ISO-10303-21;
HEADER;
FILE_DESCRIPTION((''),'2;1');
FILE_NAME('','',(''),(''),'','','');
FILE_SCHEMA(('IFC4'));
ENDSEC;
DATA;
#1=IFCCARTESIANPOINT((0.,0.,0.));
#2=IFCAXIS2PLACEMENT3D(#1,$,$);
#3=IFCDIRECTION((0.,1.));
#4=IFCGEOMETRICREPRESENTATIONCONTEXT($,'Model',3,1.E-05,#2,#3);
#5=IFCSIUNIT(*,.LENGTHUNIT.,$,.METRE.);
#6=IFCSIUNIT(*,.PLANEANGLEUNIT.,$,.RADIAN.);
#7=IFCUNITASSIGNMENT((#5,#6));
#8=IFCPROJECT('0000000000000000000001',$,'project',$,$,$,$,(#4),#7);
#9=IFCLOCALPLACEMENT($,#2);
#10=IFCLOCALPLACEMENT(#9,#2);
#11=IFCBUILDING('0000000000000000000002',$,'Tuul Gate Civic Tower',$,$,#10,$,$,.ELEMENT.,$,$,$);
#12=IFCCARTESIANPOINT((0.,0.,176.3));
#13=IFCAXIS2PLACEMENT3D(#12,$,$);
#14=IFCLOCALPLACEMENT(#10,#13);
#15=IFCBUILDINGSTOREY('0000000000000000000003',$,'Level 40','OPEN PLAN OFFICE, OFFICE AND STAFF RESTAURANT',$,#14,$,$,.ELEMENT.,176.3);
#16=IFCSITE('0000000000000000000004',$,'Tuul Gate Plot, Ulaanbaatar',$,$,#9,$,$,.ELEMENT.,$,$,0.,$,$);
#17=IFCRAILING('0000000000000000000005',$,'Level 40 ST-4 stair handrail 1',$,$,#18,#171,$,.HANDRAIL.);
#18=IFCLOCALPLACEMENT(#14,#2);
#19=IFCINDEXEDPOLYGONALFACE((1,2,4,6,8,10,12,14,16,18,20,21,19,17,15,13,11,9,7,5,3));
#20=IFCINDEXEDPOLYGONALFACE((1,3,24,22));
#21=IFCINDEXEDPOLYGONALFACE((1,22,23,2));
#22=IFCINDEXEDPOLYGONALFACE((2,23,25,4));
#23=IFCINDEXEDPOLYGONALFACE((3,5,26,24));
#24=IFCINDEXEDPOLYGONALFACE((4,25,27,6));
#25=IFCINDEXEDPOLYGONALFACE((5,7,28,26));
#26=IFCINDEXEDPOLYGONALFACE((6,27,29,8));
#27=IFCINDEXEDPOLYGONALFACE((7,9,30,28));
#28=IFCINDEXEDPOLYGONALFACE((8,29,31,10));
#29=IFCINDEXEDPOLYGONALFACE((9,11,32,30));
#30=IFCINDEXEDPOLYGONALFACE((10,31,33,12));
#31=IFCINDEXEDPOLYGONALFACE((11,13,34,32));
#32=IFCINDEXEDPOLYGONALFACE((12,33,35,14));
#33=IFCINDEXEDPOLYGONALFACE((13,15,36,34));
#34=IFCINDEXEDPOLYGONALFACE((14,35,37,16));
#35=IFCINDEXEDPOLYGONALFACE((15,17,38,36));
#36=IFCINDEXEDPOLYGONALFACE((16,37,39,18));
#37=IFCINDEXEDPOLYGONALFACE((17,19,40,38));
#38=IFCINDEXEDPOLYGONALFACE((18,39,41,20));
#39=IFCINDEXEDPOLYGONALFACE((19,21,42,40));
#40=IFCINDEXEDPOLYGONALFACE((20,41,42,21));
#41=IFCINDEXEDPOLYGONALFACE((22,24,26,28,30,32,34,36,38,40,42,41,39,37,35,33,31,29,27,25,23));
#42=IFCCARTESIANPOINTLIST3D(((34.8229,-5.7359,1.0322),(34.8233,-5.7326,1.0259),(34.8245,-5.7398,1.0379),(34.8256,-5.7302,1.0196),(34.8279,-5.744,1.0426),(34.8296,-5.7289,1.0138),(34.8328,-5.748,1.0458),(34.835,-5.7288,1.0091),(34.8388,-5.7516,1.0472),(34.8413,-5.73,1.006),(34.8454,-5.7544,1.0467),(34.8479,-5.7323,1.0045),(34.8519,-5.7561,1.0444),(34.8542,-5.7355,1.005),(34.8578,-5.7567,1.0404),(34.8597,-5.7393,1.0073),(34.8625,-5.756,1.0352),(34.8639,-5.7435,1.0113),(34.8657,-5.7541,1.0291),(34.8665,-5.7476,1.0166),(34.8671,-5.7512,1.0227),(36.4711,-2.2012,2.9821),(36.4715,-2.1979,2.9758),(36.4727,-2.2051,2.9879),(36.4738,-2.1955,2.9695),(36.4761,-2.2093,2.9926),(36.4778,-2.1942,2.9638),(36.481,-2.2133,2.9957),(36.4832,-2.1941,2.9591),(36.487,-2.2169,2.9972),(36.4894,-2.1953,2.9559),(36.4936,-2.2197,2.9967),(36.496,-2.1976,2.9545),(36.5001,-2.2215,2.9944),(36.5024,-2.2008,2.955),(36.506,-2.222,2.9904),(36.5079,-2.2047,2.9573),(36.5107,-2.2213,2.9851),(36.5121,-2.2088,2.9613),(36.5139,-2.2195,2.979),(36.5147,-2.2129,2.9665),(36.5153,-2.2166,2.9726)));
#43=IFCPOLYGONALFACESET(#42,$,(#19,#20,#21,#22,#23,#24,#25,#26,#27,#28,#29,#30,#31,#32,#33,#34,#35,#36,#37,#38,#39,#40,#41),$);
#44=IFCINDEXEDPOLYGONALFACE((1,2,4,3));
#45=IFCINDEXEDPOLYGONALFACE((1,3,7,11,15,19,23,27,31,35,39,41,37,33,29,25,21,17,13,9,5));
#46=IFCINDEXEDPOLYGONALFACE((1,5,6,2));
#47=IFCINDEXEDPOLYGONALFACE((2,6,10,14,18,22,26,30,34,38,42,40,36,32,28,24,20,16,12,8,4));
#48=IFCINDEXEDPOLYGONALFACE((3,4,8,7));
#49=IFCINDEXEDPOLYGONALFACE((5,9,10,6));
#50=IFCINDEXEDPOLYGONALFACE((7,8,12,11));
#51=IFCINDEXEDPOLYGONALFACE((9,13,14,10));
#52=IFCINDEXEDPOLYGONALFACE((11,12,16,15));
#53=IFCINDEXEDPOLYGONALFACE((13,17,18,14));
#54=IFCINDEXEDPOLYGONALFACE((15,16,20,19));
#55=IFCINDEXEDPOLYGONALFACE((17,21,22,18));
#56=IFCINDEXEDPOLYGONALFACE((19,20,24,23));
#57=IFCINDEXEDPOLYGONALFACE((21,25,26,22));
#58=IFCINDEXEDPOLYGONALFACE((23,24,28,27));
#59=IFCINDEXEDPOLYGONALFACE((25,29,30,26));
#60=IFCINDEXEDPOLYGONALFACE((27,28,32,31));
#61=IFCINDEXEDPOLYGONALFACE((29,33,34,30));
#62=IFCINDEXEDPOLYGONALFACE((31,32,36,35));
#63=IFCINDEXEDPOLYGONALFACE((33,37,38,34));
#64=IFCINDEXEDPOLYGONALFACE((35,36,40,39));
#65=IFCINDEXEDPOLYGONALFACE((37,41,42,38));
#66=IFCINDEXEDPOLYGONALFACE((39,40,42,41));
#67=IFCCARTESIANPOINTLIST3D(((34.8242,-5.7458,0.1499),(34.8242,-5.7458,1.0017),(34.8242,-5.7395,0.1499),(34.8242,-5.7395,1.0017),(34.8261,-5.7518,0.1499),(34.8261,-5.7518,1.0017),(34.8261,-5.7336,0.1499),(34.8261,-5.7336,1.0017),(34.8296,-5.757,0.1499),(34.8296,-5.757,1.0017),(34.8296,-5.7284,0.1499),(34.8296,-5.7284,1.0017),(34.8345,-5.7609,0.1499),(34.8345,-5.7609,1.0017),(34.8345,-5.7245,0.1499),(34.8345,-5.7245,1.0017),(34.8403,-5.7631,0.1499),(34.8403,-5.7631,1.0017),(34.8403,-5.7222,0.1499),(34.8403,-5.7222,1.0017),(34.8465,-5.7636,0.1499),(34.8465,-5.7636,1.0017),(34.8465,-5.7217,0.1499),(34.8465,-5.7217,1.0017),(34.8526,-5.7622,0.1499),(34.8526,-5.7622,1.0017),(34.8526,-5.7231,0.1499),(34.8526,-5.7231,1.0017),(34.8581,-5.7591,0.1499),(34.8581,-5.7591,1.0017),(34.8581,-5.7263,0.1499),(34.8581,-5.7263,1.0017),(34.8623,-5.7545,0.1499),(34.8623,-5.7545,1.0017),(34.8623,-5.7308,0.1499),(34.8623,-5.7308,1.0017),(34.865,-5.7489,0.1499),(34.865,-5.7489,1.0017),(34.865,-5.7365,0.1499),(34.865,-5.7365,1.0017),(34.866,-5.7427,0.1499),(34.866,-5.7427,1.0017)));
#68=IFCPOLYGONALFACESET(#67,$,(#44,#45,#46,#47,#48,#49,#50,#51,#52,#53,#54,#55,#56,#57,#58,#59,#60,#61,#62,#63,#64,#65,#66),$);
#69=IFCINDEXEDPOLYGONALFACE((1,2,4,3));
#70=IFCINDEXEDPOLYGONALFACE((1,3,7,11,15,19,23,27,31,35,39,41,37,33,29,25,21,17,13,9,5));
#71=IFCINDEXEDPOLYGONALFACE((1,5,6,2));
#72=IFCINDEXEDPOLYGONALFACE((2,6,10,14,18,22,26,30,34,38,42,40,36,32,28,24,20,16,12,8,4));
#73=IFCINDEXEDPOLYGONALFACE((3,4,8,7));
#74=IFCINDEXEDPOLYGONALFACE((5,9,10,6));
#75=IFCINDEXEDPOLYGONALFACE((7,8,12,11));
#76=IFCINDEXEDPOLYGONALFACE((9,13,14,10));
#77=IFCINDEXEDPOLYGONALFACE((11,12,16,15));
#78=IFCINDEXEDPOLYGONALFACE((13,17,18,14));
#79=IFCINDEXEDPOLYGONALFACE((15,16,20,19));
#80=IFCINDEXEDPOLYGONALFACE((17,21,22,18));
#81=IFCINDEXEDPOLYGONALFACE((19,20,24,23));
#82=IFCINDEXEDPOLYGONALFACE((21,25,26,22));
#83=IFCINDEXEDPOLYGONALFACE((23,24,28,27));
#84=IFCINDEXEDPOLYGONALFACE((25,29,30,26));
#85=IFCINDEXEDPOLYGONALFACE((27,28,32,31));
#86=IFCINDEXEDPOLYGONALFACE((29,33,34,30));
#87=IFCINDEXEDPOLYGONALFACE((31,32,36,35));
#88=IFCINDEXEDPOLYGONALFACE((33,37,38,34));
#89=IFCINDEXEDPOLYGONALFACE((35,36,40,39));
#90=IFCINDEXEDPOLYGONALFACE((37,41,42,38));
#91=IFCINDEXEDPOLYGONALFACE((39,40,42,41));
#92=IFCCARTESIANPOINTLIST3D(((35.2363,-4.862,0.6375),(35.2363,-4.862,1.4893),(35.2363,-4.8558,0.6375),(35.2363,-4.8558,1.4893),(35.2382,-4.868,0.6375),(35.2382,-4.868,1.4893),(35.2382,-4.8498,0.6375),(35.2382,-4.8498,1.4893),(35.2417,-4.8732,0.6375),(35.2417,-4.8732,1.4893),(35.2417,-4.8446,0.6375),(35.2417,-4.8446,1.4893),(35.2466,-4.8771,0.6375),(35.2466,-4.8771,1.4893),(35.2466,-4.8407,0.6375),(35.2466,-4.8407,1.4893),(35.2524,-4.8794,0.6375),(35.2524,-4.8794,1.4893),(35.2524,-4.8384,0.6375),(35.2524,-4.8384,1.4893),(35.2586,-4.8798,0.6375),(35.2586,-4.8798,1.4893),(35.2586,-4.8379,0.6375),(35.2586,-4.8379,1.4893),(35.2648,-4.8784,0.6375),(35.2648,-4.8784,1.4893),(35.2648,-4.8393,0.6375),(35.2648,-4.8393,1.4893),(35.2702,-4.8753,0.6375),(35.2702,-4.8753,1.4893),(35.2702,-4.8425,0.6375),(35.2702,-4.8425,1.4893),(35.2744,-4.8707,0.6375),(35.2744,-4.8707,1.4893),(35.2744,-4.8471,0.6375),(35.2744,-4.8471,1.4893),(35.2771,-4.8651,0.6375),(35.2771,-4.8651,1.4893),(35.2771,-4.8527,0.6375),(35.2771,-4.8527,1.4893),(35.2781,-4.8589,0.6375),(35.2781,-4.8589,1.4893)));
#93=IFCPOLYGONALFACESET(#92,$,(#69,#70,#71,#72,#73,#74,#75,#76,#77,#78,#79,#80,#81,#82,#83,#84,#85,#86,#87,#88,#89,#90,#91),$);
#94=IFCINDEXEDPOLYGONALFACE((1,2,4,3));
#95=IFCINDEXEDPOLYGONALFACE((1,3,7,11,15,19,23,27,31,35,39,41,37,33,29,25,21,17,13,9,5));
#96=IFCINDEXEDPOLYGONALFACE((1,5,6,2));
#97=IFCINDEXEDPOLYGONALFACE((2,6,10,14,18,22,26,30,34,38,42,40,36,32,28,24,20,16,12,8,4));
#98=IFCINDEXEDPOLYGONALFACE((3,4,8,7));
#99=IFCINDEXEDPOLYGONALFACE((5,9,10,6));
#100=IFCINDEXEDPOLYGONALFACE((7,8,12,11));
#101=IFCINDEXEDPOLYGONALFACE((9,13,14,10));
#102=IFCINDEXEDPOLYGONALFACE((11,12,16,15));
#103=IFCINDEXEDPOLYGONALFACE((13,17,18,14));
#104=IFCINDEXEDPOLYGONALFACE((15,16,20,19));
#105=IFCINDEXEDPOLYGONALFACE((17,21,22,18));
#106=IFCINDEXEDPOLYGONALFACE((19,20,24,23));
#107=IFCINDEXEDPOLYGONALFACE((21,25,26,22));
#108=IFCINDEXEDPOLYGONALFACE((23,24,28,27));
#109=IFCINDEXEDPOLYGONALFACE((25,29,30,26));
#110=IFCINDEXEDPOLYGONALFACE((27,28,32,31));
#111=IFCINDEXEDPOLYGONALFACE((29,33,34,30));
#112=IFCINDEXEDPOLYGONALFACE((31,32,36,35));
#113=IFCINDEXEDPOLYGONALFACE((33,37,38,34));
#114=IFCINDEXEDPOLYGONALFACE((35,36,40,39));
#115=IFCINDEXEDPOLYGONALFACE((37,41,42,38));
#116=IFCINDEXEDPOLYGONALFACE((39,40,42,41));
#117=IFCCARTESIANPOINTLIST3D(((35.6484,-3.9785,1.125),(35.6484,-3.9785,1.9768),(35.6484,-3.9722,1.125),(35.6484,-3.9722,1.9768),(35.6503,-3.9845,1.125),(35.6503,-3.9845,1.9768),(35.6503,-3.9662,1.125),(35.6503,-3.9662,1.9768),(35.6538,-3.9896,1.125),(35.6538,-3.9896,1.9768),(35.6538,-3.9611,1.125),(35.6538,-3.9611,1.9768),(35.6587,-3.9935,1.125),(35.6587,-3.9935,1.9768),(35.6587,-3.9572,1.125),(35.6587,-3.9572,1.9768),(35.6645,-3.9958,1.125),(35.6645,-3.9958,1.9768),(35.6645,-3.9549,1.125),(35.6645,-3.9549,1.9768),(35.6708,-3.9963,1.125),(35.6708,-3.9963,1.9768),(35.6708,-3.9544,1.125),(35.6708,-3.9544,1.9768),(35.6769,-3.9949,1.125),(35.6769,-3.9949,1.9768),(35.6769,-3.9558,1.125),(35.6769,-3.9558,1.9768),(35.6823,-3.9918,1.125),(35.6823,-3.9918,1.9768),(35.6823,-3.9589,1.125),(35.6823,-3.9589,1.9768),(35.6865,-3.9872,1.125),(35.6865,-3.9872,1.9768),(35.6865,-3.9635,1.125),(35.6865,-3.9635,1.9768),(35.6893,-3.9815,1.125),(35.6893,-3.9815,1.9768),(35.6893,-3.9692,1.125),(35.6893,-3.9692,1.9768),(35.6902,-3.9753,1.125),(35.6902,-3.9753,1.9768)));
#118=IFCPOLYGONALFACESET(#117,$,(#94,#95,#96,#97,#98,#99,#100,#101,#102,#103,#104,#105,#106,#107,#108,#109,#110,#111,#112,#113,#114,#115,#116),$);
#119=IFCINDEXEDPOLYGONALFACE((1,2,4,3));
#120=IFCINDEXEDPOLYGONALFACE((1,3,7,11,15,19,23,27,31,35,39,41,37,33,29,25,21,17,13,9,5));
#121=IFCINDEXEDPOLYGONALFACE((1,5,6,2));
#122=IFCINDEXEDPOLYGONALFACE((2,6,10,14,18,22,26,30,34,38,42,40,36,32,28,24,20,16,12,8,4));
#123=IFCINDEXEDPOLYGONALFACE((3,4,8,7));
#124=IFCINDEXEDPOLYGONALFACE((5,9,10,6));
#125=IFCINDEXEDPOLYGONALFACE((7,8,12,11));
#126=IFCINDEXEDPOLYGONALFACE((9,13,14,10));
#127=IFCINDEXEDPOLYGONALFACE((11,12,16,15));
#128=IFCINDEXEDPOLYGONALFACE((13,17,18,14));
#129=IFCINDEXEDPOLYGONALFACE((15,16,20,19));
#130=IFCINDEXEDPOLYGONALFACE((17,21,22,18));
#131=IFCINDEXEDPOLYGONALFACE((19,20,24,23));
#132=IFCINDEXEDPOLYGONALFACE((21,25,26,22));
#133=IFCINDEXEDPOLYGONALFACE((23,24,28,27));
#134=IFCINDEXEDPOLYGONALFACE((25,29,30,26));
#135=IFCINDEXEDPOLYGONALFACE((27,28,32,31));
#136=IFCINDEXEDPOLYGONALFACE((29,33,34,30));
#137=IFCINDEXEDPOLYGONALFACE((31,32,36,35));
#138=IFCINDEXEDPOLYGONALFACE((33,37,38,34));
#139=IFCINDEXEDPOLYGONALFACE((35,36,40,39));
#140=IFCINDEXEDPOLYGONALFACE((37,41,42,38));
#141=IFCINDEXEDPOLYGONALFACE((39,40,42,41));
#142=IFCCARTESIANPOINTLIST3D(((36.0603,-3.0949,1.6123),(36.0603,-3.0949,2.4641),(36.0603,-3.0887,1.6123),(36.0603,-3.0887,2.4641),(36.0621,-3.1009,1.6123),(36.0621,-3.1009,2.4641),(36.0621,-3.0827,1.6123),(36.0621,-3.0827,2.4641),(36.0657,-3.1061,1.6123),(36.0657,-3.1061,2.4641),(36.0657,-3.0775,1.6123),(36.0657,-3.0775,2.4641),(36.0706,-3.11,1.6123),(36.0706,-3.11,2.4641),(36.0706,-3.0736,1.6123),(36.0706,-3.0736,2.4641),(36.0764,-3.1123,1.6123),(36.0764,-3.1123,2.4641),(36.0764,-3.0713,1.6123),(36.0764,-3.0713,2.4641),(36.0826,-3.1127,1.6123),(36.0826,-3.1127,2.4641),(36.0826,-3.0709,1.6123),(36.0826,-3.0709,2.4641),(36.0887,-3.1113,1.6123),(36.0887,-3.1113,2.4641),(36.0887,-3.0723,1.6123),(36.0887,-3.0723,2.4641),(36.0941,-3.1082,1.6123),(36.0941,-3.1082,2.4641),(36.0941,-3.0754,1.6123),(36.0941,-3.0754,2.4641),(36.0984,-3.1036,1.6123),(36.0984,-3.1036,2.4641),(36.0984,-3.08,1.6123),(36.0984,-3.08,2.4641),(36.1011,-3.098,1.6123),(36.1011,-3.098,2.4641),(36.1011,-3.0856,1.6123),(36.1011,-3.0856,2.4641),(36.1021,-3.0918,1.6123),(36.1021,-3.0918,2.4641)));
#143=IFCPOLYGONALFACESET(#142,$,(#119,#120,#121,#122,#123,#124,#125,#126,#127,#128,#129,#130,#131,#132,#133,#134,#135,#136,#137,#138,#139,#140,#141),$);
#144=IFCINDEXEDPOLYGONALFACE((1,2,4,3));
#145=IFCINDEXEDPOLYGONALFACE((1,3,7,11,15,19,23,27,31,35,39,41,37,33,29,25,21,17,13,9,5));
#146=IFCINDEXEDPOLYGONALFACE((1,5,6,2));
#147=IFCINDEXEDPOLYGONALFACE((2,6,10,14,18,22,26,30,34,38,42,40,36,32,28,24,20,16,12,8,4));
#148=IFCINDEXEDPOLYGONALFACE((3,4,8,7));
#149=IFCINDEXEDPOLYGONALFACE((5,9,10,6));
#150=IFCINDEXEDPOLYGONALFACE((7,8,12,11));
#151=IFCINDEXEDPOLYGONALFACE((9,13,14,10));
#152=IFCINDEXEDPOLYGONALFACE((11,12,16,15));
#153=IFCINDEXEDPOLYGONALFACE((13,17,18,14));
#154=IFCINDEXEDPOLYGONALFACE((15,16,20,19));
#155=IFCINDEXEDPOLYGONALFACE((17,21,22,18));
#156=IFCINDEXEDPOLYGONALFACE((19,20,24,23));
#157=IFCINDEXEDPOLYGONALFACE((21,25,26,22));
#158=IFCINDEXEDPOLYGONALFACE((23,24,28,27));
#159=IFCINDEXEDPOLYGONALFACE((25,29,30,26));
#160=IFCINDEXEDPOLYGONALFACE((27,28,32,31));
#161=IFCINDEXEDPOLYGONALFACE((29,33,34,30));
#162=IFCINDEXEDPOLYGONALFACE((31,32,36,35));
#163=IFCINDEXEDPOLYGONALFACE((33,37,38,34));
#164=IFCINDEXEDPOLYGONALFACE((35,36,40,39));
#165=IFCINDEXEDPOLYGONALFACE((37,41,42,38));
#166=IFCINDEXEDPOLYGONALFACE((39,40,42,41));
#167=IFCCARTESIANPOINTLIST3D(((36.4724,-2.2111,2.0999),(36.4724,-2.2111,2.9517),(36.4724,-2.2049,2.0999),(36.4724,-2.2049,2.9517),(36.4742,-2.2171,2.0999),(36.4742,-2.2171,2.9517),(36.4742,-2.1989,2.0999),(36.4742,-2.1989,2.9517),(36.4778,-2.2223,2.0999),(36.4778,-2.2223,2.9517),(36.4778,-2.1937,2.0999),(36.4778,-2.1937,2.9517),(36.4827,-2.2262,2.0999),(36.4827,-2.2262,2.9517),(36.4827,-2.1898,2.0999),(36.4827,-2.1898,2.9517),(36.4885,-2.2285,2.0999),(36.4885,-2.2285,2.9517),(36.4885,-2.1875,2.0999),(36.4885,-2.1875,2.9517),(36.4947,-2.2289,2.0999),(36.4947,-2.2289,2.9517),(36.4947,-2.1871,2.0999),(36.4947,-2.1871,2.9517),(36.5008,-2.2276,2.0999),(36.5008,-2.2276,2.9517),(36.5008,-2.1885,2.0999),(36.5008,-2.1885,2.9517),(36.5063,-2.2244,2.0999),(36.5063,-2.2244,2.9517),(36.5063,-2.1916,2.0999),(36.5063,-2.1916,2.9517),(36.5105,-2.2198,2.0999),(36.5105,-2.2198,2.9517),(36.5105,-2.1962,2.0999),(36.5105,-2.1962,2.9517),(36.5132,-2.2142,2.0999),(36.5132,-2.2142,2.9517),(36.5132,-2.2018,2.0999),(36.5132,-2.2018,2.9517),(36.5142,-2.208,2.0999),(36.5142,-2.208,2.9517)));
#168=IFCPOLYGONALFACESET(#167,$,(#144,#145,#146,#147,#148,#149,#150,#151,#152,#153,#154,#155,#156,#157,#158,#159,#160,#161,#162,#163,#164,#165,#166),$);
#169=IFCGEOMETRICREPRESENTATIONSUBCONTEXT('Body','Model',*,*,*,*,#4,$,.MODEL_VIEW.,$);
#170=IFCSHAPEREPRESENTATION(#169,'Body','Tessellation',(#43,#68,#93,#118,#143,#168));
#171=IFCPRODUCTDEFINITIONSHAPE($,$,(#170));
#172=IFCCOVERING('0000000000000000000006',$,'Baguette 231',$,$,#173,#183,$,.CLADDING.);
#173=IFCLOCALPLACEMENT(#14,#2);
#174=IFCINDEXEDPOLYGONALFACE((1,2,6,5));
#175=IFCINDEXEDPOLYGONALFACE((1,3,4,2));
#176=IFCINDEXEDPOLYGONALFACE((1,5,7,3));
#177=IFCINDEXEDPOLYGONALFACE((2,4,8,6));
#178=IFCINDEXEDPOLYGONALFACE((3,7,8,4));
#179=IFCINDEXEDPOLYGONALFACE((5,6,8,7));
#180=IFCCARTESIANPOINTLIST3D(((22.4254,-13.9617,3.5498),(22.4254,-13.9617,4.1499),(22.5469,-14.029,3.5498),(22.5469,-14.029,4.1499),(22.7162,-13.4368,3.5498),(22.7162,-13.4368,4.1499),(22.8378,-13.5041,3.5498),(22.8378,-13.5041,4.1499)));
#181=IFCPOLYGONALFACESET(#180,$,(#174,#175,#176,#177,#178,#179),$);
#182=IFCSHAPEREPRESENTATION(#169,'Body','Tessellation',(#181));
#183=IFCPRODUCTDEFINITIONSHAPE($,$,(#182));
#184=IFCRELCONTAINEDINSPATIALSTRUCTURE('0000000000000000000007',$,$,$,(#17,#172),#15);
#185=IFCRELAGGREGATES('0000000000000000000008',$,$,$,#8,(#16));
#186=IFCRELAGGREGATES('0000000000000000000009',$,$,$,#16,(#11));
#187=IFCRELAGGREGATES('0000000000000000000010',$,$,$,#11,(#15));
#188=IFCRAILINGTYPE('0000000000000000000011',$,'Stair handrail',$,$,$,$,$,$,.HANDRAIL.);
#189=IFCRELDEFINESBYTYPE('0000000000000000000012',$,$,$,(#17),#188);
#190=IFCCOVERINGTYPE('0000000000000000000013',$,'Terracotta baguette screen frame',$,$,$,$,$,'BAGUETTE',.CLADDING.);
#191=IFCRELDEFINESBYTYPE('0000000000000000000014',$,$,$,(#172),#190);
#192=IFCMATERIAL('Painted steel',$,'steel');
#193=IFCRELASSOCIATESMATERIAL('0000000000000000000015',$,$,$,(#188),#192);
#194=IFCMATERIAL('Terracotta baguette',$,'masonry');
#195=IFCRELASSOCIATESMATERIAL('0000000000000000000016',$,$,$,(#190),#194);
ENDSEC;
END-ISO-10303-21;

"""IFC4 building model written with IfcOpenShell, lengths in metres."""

from ifc_helpers import new_model, si_unit, direction, frame, origin, origin_2d, place, context, subcontext, project, spatial, rectangle, circle, extrude, material, material_profile, profile_set, type_object, element, save


model = new_model("IFC4")

# Units and contexts
model_context = context("Model", 3, precision=1e-05, world=origin(), true_north=direction((0.0, 1.0)))
body_context = subcontext(model_context, "Body", "Model", "MODEL_VIEW")
ifc_project = project(units=[si_unit("LENGTHUNIT", "METRE"), si_unit("PLANEANGLEUNIT", "RADIAN")], contexts=[model_context])

# Site, building, storey
site_placement = place(None, origin())
site = spatial("IfcSite", under=ifc_project, at=site_placement, Name="Tuul Gate Plot, Ulaanbaatar", CompositionType="ELEMENT", RefElevation=0.0)
building_placement = place(site_placement, origin())
building = spatial("IfcBuilding", under=site, at=building_placement, Name="Tuul Gate Civic Tower", CompositionType="ELEMENT")
storey_placement = place(building_placement, frame((0.0, 0.0, 176.3)))
storey = spatial("IfcBuildingStorey", under=building, at=storey_placement, Name="Level 40", Description="OPEN PLAN OFFICE, OFFICE AND STAFF RESTAURANT", CompositionType="ELEMENT", Elevation=176.3)

# Railing
ifc_material_1 = material(Name="Painted steel", Category="steel")
railing_type_1 = type_object("IfcRailingType", Name="Stair handrail", PredefinedType="HANDRAIL", material=ifc_material_1)
railing_1_placement = place(storey_placement, frame((34.845, -5.7427, 0.1499)))
element("IfcRailing", 1, at=railing_1_placement, inside=storey, type_object=railing_type_1, Name="Level 40 ST-4 stair handrail 1", PredefinedType="HANDRAIL", context=body_context, shape_type="SweptSolid", body=[
    extrude(circle(Radius=0.0239, at=origin_2d()), frame((0.0, 0.0, 0.876), z_axis=(0.377995, 0.810637, 0.4472), x_axis=(-0.906313, 0.422608, 0.0)), (0.0, 0.0, 1.0), 4.3604),
    extrude(circle(Radius=0.021, at=origin_2d()), origin(), (0.0, 0.0, 1.0), 0.8518),
    extrude(circle(Radius=0.021, at=origin_2d()), frame((0.4121, 0.8838, 0.4875)), (0.0, 0.0, 1.0), 0.8518),
    extrude(circle(Radius=0.021, at=origin_2d()), frame((0.8242, 1.7673, 0.9751)), (0.0, 0.0, 1.0), 0.8518),
    extrude(circle(Radius=0.021, at=origin_2d()), frame((1.2361, 2.6509, 1.4624)), (0.0, 0.0, 1.0), 0.8518),
    extrude(circle(Radius=0.021, at=origin_2d()), frame((1.6482, 3.5347, 1.95)), (0.0, 0.0, 1.0), 0.8518),
])

# Covering
ifc_material_2 = material(Name="Terracotta baguette", Category="masonry")
ifc_material_profile_1 = material_profile(ifc_material_2, rectangle(XDim=0.6001, YDim=0.6001, at=origin_2d()), Name="Terracotta baguette screen frame")
ifc_profile_set_1 = profile_set([ifc_material_profile_1], Name="Terracotta baguette")
covering_type = type_object("IfcCoveringType", Name="Terracotta baguette screen frame", ElementType="BAGUETTE", PredefinedType="CLADDING", material=ifc_profile_set_1)
covering_placement = place(storey_placement, frame((22.5708, -13.6992, 3.8499), z_axis=(0.874654, -0.484748, 0.0), x_axis=(0.484748, 0.874654, 0.0)))
element("IfcCovering", 2, at=covering_placement, inside=storey, type_object=covering_type, Name="Baguette 231", PredefinedType="CLADDING", context=body_context, shape_type="SweptSolid", body=[
    extrude(rectangle(XDim=0.6001, YDim=0.6001, at=origin_2d()), origin(), (0.0, 0.0, 1.0), 0.1389),
])

save(model, "model.ifc")
